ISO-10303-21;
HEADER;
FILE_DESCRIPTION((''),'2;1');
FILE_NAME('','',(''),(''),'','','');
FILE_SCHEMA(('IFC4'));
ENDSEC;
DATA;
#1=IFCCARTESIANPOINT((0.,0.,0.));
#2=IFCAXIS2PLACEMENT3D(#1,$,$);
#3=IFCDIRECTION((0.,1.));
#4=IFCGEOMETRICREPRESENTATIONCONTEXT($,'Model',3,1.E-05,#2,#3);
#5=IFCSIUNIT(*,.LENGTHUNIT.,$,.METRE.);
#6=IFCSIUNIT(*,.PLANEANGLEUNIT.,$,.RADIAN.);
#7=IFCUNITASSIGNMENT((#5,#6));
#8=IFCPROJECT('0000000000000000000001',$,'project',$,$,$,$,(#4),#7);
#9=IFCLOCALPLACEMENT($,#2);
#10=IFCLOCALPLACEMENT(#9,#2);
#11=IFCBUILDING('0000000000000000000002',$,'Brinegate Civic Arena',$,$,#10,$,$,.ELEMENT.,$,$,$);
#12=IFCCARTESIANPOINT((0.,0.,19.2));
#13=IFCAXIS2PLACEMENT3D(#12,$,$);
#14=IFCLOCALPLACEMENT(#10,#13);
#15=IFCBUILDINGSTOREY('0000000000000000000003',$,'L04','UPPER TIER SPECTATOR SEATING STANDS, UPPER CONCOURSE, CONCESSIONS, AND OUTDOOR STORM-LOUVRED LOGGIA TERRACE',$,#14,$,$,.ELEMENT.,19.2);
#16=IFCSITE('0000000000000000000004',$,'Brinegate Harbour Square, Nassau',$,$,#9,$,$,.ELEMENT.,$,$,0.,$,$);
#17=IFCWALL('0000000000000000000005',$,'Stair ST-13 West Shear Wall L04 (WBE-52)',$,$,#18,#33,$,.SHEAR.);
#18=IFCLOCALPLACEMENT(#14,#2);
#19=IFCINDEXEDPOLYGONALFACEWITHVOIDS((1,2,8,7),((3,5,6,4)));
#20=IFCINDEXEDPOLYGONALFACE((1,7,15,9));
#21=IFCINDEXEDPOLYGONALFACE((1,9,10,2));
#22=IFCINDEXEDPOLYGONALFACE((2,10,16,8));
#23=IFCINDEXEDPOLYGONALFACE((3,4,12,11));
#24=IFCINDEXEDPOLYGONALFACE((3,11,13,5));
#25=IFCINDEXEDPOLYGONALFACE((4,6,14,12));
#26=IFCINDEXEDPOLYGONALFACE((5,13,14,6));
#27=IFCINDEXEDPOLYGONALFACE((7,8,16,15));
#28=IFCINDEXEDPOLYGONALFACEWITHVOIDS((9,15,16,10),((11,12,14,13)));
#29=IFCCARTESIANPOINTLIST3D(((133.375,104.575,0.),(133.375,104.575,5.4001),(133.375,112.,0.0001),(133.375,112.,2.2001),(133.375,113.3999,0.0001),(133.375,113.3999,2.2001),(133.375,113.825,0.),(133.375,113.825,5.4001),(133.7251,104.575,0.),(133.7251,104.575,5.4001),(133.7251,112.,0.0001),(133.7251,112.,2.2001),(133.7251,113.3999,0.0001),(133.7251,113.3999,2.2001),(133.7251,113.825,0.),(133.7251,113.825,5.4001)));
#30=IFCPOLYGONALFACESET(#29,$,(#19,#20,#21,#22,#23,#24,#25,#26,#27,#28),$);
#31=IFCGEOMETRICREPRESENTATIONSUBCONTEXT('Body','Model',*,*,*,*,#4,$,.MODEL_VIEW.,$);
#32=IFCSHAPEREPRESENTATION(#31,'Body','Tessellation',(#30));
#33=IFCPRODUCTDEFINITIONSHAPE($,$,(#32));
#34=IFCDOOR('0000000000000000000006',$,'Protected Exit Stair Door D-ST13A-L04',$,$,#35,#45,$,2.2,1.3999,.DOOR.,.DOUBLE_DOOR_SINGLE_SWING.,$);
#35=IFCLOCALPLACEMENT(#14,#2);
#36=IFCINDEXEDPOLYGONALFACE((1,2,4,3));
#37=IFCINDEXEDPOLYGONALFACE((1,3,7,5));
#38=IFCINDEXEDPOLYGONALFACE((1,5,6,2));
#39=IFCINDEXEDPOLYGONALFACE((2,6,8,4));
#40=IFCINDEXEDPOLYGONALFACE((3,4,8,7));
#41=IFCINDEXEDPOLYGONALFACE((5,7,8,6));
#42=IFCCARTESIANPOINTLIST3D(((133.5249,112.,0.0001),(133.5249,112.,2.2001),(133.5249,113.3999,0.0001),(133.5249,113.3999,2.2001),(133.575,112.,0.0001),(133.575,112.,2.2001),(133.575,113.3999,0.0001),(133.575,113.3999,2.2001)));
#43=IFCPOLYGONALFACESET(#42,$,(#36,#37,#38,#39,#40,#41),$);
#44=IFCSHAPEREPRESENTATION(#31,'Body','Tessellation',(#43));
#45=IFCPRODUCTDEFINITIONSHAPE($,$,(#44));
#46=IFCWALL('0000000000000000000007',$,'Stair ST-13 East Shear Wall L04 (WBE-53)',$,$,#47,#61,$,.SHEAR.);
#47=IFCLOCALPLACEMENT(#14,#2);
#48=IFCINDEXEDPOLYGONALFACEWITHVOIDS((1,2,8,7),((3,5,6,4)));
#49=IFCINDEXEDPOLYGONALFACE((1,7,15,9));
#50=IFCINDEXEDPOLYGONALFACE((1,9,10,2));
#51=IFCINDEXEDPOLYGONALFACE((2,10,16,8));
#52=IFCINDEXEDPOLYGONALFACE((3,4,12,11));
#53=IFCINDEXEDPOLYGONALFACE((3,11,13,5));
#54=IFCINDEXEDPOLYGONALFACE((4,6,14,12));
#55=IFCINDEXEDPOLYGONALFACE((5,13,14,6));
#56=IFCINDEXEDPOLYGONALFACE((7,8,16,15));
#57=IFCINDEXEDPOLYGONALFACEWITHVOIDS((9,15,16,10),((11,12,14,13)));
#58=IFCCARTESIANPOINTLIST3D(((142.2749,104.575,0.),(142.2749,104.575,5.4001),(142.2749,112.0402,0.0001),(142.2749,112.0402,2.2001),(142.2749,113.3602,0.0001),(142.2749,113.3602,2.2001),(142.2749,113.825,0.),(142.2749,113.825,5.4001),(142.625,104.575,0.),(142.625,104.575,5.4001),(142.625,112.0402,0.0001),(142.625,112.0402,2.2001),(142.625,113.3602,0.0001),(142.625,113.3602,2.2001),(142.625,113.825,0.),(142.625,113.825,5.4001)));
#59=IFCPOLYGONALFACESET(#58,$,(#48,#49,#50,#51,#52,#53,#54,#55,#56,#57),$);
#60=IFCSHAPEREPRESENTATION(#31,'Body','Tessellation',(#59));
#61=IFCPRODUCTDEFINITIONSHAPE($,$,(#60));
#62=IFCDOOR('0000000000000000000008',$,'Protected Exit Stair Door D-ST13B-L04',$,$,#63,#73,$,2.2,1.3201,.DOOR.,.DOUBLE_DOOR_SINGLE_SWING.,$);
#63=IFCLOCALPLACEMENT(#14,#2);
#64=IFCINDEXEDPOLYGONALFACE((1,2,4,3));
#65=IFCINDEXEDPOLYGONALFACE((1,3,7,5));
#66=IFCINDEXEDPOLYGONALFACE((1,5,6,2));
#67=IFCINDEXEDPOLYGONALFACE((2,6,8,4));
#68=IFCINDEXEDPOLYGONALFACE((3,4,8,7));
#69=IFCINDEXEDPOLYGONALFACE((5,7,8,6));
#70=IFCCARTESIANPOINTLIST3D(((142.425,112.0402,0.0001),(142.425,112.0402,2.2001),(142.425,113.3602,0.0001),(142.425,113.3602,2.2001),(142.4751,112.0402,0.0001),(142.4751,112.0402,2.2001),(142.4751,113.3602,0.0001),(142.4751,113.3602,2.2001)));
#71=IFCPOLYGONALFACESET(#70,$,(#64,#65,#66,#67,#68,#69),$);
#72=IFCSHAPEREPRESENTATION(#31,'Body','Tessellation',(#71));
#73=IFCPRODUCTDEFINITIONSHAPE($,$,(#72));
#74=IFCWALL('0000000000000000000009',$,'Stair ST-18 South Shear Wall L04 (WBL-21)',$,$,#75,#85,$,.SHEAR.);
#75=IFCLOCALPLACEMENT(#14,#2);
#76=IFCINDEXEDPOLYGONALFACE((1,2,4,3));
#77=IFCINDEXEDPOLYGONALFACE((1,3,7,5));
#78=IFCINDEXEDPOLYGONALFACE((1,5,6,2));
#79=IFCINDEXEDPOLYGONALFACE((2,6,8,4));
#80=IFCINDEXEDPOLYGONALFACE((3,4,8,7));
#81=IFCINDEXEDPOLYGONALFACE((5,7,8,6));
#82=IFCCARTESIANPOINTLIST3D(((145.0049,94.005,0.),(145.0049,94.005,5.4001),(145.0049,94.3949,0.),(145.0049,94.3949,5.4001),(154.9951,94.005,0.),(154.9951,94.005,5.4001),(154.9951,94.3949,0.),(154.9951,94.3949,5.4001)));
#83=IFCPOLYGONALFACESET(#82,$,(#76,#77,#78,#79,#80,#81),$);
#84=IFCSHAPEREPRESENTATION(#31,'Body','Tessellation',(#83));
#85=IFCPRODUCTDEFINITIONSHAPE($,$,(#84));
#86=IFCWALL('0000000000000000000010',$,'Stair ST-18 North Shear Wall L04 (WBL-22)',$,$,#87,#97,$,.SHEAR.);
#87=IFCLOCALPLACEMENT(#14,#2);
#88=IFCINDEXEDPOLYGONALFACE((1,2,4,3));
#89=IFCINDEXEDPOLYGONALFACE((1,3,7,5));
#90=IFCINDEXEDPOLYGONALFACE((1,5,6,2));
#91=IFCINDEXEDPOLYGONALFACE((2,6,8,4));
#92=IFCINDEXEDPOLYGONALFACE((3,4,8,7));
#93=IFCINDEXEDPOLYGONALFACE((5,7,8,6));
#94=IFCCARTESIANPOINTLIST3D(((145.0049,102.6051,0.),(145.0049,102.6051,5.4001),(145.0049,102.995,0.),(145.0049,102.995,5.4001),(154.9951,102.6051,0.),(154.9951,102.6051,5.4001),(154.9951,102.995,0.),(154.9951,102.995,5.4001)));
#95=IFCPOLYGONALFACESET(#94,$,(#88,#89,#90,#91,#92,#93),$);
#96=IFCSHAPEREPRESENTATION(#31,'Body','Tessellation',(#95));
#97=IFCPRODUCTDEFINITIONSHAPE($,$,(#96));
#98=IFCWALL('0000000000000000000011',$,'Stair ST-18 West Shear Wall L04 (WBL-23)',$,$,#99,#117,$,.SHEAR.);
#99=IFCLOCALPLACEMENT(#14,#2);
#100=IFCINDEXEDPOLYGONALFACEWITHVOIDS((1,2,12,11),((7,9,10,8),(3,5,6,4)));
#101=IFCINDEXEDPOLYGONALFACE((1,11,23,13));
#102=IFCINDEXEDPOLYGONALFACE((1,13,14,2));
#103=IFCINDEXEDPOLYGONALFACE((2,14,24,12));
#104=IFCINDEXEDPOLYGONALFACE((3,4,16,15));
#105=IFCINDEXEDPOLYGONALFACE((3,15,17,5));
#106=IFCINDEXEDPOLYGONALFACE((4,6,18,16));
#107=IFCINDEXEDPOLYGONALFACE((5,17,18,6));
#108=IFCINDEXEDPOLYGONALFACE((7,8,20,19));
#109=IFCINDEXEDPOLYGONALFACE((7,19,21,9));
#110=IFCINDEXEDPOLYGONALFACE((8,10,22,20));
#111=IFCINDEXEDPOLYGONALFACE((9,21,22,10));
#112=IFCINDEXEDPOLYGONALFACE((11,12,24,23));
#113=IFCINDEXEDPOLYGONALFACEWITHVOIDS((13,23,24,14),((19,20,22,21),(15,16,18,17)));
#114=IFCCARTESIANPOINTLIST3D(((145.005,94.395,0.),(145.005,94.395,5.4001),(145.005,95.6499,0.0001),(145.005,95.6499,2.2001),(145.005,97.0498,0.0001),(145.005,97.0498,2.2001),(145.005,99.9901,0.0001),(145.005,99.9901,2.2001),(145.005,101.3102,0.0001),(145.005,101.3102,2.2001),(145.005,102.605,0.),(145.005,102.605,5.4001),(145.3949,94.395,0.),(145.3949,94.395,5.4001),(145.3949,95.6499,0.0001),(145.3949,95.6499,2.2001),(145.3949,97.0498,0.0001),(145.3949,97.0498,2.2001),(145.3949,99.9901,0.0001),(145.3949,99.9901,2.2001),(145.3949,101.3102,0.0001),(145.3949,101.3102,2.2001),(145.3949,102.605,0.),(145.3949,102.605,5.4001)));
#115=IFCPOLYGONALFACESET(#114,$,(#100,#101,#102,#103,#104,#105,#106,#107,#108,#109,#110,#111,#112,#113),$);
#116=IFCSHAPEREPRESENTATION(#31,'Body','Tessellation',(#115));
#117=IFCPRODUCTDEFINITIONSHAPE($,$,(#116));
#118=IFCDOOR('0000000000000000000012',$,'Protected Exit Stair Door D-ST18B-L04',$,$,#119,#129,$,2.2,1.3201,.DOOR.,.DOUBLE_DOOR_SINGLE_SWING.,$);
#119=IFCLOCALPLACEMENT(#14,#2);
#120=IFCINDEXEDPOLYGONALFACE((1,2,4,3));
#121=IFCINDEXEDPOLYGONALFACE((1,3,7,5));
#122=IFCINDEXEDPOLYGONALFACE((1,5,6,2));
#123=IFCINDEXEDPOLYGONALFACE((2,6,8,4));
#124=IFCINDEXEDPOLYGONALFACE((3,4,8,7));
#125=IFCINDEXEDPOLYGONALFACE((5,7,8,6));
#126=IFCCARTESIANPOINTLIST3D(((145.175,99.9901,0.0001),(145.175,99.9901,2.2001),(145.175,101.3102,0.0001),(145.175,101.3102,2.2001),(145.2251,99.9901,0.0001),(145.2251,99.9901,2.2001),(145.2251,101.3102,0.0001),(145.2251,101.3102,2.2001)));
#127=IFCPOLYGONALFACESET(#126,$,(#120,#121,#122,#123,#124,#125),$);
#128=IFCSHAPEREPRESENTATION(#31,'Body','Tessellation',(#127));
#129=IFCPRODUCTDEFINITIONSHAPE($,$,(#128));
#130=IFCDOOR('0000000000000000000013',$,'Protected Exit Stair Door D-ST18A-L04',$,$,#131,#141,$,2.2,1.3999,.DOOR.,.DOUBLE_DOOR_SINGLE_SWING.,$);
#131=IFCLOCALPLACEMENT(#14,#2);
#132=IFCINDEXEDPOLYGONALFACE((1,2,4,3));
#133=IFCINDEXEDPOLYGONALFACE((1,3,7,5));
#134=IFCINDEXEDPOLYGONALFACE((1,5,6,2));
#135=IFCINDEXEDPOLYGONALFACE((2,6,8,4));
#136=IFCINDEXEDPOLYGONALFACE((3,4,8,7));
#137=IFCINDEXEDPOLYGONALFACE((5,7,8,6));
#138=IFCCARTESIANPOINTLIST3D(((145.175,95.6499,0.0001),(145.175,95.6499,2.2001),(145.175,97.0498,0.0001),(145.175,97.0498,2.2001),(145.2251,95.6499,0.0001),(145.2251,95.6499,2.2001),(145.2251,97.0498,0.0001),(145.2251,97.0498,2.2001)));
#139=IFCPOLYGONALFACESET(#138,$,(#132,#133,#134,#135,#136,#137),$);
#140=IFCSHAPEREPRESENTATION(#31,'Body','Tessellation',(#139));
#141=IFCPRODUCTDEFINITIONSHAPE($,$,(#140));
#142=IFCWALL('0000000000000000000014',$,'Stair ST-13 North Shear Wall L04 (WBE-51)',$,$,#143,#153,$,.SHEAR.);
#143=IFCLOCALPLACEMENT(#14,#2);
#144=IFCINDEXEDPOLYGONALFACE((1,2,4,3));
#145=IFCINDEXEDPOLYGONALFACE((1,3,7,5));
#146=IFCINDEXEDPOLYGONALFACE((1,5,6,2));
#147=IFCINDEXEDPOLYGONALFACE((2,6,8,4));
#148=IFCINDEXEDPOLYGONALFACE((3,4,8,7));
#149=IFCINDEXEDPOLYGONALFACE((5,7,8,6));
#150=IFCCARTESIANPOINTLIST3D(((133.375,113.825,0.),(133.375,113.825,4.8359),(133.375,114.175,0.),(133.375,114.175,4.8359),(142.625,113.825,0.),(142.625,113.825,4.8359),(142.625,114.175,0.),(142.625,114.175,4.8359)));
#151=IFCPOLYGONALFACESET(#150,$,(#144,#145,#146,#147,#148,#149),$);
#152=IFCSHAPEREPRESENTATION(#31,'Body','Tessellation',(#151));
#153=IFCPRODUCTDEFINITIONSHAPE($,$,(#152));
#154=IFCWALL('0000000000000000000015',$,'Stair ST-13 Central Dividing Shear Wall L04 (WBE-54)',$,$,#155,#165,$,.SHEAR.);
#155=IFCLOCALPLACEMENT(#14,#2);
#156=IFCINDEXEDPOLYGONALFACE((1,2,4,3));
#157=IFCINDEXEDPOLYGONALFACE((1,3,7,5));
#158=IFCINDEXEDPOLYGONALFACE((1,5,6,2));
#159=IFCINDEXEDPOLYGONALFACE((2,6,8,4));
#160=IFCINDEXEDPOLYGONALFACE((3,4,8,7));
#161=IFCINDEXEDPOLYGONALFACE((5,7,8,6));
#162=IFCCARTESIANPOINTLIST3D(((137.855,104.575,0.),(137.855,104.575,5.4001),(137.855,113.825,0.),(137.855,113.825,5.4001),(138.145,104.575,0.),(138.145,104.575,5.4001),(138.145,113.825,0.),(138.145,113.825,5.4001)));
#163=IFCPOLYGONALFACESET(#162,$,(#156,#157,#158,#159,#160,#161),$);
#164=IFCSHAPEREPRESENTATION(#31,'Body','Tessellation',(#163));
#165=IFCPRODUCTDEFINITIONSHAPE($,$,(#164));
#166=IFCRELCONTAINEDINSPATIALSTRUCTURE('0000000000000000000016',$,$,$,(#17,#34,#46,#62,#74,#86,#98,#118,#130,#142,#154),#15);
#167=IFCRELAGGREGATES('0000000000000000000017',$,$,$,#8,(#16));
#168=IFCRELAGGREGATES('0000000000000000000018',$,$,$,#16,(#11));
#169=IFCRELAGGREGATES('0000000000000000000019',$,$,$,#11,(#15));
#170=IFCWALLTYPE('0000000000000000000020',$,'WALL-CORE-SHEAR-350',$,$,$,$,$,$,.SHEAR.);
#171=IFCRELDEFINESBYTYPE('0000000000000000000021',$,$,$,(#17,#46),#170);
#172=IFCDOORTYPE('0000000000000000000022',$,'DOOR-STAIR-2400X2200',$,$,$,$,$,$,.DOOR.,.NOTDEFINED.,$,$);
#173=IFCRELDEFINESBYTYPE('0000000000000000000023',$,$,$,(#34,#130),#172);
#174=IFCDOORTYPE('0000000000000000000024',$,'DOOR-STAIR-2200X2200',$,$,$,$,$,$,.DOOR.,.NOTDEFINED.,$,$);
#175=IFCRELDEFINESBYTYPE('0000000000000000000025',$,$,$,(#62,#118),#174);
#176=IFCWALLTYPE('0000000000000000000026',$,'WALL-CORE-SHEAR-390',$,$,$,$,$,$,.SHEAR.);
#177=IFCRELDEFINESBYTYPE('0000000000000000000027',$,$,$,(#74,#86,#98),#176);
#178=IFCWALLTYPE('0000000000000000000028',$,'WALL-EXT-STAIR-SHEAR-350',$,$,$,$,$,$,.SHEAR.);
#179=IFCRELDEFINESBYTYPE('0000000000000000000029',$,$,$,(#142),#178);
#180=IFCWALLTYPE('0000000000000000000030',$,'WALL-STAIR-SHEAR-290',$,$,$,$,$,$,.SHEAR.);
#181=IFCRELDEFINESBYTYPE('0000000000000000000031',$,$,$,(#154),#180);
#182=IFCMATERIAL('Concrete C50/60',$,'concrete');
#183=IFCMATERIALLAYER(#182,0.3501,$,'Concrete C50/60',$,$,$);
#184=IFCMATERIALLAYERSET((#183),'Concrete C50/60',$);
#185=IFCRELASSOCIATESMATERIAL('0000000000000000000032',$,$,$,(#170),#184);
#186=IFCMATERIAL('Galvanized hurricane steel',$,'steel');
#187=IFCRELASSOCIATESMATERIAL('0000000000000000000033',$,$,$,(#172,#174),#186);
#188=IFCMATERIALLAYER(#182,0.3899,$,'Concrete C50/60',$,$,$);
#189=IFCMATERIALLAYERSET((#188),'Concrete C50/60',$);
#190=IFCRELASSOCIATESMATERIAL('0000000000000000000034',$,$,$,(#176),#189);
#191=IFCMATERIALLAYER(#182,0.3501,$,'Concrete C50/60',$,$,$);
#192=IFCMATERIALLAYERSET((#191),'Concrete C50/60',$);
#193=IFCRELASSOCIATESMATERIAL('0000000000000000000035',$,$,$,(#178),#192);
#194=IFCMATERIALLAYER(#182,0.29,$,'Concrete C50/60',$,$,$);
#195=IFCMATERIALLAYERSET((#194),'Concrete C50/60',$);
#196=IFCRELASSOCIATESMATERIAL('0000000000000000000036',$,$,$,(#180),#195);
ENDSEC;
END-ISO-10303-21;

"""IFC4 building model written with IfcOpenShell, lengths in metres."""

from ifc_helpers import new_model, si_unit, direction, frame, frame_2d, origin, place, context, subcontext, project, spatial, rectangle, extrude, material, layer, layer_set, type_object, element, fill, save


model = new_model("IFC4")

# Units and contexts
model_context = context("Model", 3, precision=1e-05, world=origin(), true_north=direction((0.0, 1.0)))
body_context = subcontext(model_context, "Body", "Model", "MODEL_VIEW")
ifc_project = project(units=[si_unit("LENGTHUNIT", "METRE"), si_unit("PLANEANGLEUNIT", "RADIAN")], contexts=[model_context])

# Site, building, storey
site_placement = place(None, origin())
site = spatial("IfcSite", under=ifc_project, at=site_placement, Name="Brinegate Harbour Square, Nassau", CompositionType="ELEMENT", RefElevation=0.0)
building_placement = place(site_placement, origin())
building = spatial("IfcBuilding", under=site, at=building_placement, Name="Brinegate Civic Arena", CompositionType="ELEMENT")
storey_placement = place(building_placement, frame((0.0, 0.0, 19.2)))
storey = spatial("IfcBuildingStorey", under=building, at=storey_placement, Name="L04", Description="UPPER TIER SPECTATOR SEATING STANDS, UPPER CONCOURSE, CONCESSIONS, AND OUTDOOR STORM-LOUVRED LOGGIA TERRACE", CompositionType="ELEMENT", Elevation=19.2)

# Shared definitions
ifc_material_1 = material(Name="Concrete C50/60", Category="concrete")

# Shared definitions
ifc_layer_1 = layer(ifc_material_1, 0.3501, Name="Concrete C50/60")
ifc_layer_set_1 = layer_set([ifc_layer_1], Name="Concrete C50/60")
wall_type_1 = type_object("IfcWallType", Name="WALL-CORE-SHEAR-350", PredefinedType="SHEAR", material=ifc_layer_set_1)

# Walls, openings, doors
wall_1_placement = place(storey_placement, frame((133.55, 104.575, 0.0), z_axis=(0.0, 0.0, 1.0), x_axis=(0.0, 1.0, 0.0)))
wall_1 = element("IfcWall", 1, at=wall_1_placement, inside=storey, type_object=wall_type_1, Name="Stair ST-13 West Shear Wall L04 (WBE-52)", PredefinedType="SHEAR", context=body_context, shape_type="SweptSolid", body=[
    extrude(rectangle(XDim=9.25, YDim=0.3501, at=frame_2d((4.625, 0.0))), origin(), (0.0, 0.0, 1.0), 5.4001),
])
opening_1_placement = place(wall_1_placement, frame((7.425, 0.0, 0.0)))
opening_1 = element("IfcOpeningElement", 2, at=opening_1_placement, cuts=wall_1, PredefinedType="OPENING", context=body_context, shape_type="SweptSolid", body=[
    extrude(rectangle(XDim=1.3999, YDim=2.2, at=frame_2d((0.7, 1.1001))), frame((0.0, 0.1851, 0.0), z_axis=(0.0, -1.0, 0.0), x_axis=(1.0, 0.0, 0.0)), (0.0, 0.0, 1.0), 0.3701),
])
ifc_material_2 = material(Name="Galvanized hurricane steel", Category="steel")
door_type_1 = type_object("IfcDoorType", Name="DOOR-STAIR-2400X2200", OperationType="NOTDEFINED", PredefinedType="DOOR", material=ifc_material_2)
door_1_placement = place(opening_1_placement, frame((1.3999, 0.0, 0.0), z_axis=(0.0, 0.0, 1.0), x_axis=(-1.0, 0.0, 0.0)))
door_1 = element("IfcDoor", 3, at=door_1_placement, inside=storey, type_object=door_type_1, Name="Protected Exit Stair Door D-ST13A-L04", OperationType="DOUBLE_DOOR_SINGLE_SWING", OverallHeight=2.2, OverallWidth=1.3999, PredefinedType="DOOR", context=body_context, shape_type="SweptSolid", body=[
    extrude(rectangle(XDim=1.3999, YDim=2.2, at=frame_2d((0.7, 1.1001))), frame((0.0, 0.0249, 0.0), z_axis=(0.0, -1.0, 0.0), x_axis=(1.0, 0.0, 0.0)), (0.0, 0.0, 1.0), 0.05),
])
fill(opening_1, door_1)
wall_2_placement = place(storey_placement, frame((142.45, 104.575, 0.0), z_axis=(0.0, 0.0, 1.0), x_axis=(0.0, 1.0, 0.0)))
wall_2 = element("IfcWall", 4, at=wall_2_placement, inside=storey, type_object=wall_type_1, Name="Stair ST-13 East Shear Wall L04 (WBE-53)", PredefinedType="SHEAR", context=body_context, shape_type="SweptSolid", body=[
    extrude(rectangle(XDim=9.25, YDim=0.3501, at=frame_2d((4.625, 0.0))), origin(), (0.0, 0.0, 1.0), 5.4001),
])
opening_2_placement = place(wall_2_placement, frame((7.4651, 0.0, 0.0)))
opening_2 = element("IfcOpeningElement", 5, at=opening_2_placement, cuts=wall_2, PredefinedType="OPENING", context=body_context, shape_type="SweptSolid", body=[
    extrude(rectangle(XDim=1.3201, YDim=2.2, at=frame_2d((0.6602, 1.1001))), frame((0.0, 0.1851, 0.0), z_axis=(0.0, -1.0, 0.0), x_axis=(1.0, 0.0, 0.0)), (0.0, 0.0, 1.0), 0.3701),
])
door_type_2 = type_object("IfcDoorType", Name="DOOR-STAIR-2200X2200", OperationType="NOTDEFINED", PredefinedType="DOOR", material=ifc_material_2)
door_2_placement = place(opening_2_placement, origin())
door_2 = element("IfcDoor", 6, at=door_2_placement, inside=storey, type_object=door_type_2, Name="Protected Exit Stair Door D-ST13B-L04", OperationType="DOUBLE_DOOR_SINGLE_SWING", OverallHeight=2.2, OverallWidth=1.3201, PredefinedType="DOOR", context=body_context, shape_type="SweptSolid", body=[
    extrude(rectangle(XDim=1.3201, YDim=2.2, at=frame_2d((0.6602, 1.1001))), frame((0.0, 0.0249, 0.0), z_axis=(0.0, -1.0, 0.0), x_axis=(1.0, 0.0, 0.0)), (0.0, 0.0, 1.0), 0.05),
])
fill(opening_2, door_2)

# Walls
ifc_layer_2 = layer(ifc_material_1, 0.3899, Name="Concrete C50/60")
ifc_layer_set_2 = layer_set([ifc_layer_2], Name="Concrete C50/60")
wall_type_2 = type_object("IfcWallType", Name="WALL-CORE-SHEAR-390", PredefinedType="SHEAR", material=ifc_layer_set_2)
for number, where, z_axis, x_axis, name in (
    (7, (145.0049, 94.2, 0.0), (0.0, 0.0, 1.0), (1.0, 0.0, 0.0), "Stair ST-18 South Shear Wall L04 (WBL-21)"),
    (8, (145.0049, 102.8, 0.0), (0.0, 0.0, 1.0), (1.0, 0.0, 0.0), "Stair ST-18 North Shear Wall L04 (WBL-22)"),
):
    element("IfcWall", number, at=place(storey_placement, frame(where, z_axis=z_axis, x_axis=x_axis)), inside=storey, type_object=wall_type_2, Name=name, PredefinedType="SHEAR", context=body_context, shape_type="SweptSolid", body=[
        extrude(rectangle(XDim=9.9902, YDim=0.3899, at=frame_2d((4.9951, 0.0))), origin(), (0.0, 0.0, 1.0), 5.4001),
    ])

# Wall, openings, doors
wall_3_placement = place(storey_placement, frame((145.2, 94.395, 0.0), z_axis=(0.0, 0.0, 1.0), x_axis=(0.0, 1.0, 0.0)))
wall_3 = element("IfcWall", 9, at=wall_3_placement, inside=storey, type_object=wall_type_2, Name="Stair ST-18 West Shear Wall L04 (WBL-23)", PredefinedType="SHEAR", context=body_context, shape_type="SweptSolid", body=[
    extrude(rectangle(XDim=8.21, YDim=0.3899, at=frame_2d((4.105, 0.0))), origin(), (0.0, 0.0, 1.0), 5.4001),
])
opening_3_placement = place(wall_3_placement, frame((1.2549, 0.0, 0.0)))
opening_3 = element("IfcOpeningElement", 10, at=opening_3_placement, cuts=wall_3, PredefinedType="OPENING", context=body_context, shape_type="SweptSolid", body=[
    extrude(rectangle(XDim=1.3999, YDim=2.2, at=frame_2d((0.7, 1.1001))), frame((0.0, 0.2048, 0.0), z_axis=(0.0, -1.0, 0.0), x_axis=(1.0, 0.0, 0.0)), (0.0, 0.0, 1.0), 0.4099),
])
opening_4_placement = place(wall_3_placement, frame((5.595, 0.0, 0.0)))
opening_4 = element("IfcOpeningElement", 11, at=opening_4_placement, cuts=wall_3, PredefinedType="OPENING", context=body_context, shape_type="SweptSolid", body=[
    extrude(rectangle(XDim=1.3201, YDim=2.2, at=frame_2d((0.6602, 1.1001))), frame((0.0, 0.2048, 0.0), z_axis=(0.0, -1.0, 0.0), x_axis=(1.0, 0.0, 0.0)), (0.0, 0.0, 1.0), 0.4099),
])
door_3_placement = place(opening_4_placement, origin())
door_3 = element("IfcDoor", 12, at=door_3_placement, inside=storey, type_object=door_type_2, Name="Protected Exit Stair Door D-ST18B-L04", OperationType="DOUBLE_DOOR_SINGLE_SWING", OverallHeight=2.2, OverallWidth=1.3201, PredefinedType="DOOR", context=body_context, shape_type="SweptSolid", body=[
    extrude(rectangle(XDim=1.3201, YDim=2.2, at=frame_2d((0.6602, 1.1001))), frame((0.0, 0.0249, 0.0), z_axis=(0.0, -1.0, 0.0), x_axis=(1.0, 0.0, 0.0)), (0.0, 0.0, 1.0), 0.05),
])
fill(opening_4, door_3)
door_4_placement = place(opening_3_placement, origin())
door_4 = element("IfcDoor", 13, at=door_4_placement, inside=storey, type_object=door_type_1, Name="Protected Exit Stair Door D-ST18A-L04", OperationType="DOUBLE_DOOR_SINGLE_SWING", OverallHeight=2.2, OverallWidth=1.3999, PredefinedType="DOOR", context=body_context, shape_type="SweptSolid", body=[
    extrude(rectangle(XDim=1.3999, YDim=2.2, at=frame_2d((0.7, 1.1001))), frame((0.0, 0.0249, 0.0), z_axis=(0.0, -1.0, 0.0), x_axis=(1.0, 0.0, 0.0)), (0.0, 0.0, 1.0), 0.05),
])
fill(opening_3, door_4)

# Walls
ifc_layer_3 = layer(ifc_material_1, 0.3501, Name="Concrete C50/60")
ifc_layer_set_3 = layer_set([ifc_layer_3], Name="Concrete C50/60")
wall_type_3 = type_object("IfcWallType", Name="WALL-EXT-STAIR-SHEAR-350", PredefinedType="SHEAR", material=ifc_layer_set_3)
wall_4_placement = place(storey_placement, frame((133.375, 114.0, 0.0), z_axis=(0.0, 0.0, 1.0), x_axis=(1.0, 0.0, 0.0)))
element("IfcWall", 14, at=wall_4_placement, inside=storey, type_object=wall_type_3, Name="Stair ST-13 North Shear Wall L04 (WBE-51)", PredefinedType="SHEAR", context=body_context, shape_type="SweptSolid", body=[
    extrude(rectangle(XDim=9.25, YDim=0.3501, at=frame_2d((4.625, 0.0))), origin(), (0.0, 0.0, 1.0), 4.8359),
])
ifc_layer_4 = layer(ifc_material_1, 0.29, Name="Concrete C50/60")
ifc_layer_set_4 = layer_set([ifc_layer_4], Name="Concrete C50/60")
wall_type_4 = type_object("IfcWallType", Name="WALL-STAIR-SHEAR-290", PredefinedType="SHEAR", material=ifc_layer_set_4)
wall_5_placement = place(storey_placement, frame((138.0, 104.575, 0.0), z_axis=(0.0, 0.0, 1.0), x_axis=(0.0, 1.0, 0.0)))
element("IfcWall", 15, at=wall_5_placement, inside=storey, type_object=wall_type_4, Name="Stair ST-13 Central Dividing Shear Wall L04 (WBE-54)", PredefinedType="SHEAR", context=body_context, shape_type="SweptSolid", body=[
    extrude(rectangle(XDim=9.25, YDim=0.29, at=frame_2d((4.625, 0.0))), origin(), (0.0, 0.0, 1.0), 5.4001),
])

save(model, "model.ifc")
